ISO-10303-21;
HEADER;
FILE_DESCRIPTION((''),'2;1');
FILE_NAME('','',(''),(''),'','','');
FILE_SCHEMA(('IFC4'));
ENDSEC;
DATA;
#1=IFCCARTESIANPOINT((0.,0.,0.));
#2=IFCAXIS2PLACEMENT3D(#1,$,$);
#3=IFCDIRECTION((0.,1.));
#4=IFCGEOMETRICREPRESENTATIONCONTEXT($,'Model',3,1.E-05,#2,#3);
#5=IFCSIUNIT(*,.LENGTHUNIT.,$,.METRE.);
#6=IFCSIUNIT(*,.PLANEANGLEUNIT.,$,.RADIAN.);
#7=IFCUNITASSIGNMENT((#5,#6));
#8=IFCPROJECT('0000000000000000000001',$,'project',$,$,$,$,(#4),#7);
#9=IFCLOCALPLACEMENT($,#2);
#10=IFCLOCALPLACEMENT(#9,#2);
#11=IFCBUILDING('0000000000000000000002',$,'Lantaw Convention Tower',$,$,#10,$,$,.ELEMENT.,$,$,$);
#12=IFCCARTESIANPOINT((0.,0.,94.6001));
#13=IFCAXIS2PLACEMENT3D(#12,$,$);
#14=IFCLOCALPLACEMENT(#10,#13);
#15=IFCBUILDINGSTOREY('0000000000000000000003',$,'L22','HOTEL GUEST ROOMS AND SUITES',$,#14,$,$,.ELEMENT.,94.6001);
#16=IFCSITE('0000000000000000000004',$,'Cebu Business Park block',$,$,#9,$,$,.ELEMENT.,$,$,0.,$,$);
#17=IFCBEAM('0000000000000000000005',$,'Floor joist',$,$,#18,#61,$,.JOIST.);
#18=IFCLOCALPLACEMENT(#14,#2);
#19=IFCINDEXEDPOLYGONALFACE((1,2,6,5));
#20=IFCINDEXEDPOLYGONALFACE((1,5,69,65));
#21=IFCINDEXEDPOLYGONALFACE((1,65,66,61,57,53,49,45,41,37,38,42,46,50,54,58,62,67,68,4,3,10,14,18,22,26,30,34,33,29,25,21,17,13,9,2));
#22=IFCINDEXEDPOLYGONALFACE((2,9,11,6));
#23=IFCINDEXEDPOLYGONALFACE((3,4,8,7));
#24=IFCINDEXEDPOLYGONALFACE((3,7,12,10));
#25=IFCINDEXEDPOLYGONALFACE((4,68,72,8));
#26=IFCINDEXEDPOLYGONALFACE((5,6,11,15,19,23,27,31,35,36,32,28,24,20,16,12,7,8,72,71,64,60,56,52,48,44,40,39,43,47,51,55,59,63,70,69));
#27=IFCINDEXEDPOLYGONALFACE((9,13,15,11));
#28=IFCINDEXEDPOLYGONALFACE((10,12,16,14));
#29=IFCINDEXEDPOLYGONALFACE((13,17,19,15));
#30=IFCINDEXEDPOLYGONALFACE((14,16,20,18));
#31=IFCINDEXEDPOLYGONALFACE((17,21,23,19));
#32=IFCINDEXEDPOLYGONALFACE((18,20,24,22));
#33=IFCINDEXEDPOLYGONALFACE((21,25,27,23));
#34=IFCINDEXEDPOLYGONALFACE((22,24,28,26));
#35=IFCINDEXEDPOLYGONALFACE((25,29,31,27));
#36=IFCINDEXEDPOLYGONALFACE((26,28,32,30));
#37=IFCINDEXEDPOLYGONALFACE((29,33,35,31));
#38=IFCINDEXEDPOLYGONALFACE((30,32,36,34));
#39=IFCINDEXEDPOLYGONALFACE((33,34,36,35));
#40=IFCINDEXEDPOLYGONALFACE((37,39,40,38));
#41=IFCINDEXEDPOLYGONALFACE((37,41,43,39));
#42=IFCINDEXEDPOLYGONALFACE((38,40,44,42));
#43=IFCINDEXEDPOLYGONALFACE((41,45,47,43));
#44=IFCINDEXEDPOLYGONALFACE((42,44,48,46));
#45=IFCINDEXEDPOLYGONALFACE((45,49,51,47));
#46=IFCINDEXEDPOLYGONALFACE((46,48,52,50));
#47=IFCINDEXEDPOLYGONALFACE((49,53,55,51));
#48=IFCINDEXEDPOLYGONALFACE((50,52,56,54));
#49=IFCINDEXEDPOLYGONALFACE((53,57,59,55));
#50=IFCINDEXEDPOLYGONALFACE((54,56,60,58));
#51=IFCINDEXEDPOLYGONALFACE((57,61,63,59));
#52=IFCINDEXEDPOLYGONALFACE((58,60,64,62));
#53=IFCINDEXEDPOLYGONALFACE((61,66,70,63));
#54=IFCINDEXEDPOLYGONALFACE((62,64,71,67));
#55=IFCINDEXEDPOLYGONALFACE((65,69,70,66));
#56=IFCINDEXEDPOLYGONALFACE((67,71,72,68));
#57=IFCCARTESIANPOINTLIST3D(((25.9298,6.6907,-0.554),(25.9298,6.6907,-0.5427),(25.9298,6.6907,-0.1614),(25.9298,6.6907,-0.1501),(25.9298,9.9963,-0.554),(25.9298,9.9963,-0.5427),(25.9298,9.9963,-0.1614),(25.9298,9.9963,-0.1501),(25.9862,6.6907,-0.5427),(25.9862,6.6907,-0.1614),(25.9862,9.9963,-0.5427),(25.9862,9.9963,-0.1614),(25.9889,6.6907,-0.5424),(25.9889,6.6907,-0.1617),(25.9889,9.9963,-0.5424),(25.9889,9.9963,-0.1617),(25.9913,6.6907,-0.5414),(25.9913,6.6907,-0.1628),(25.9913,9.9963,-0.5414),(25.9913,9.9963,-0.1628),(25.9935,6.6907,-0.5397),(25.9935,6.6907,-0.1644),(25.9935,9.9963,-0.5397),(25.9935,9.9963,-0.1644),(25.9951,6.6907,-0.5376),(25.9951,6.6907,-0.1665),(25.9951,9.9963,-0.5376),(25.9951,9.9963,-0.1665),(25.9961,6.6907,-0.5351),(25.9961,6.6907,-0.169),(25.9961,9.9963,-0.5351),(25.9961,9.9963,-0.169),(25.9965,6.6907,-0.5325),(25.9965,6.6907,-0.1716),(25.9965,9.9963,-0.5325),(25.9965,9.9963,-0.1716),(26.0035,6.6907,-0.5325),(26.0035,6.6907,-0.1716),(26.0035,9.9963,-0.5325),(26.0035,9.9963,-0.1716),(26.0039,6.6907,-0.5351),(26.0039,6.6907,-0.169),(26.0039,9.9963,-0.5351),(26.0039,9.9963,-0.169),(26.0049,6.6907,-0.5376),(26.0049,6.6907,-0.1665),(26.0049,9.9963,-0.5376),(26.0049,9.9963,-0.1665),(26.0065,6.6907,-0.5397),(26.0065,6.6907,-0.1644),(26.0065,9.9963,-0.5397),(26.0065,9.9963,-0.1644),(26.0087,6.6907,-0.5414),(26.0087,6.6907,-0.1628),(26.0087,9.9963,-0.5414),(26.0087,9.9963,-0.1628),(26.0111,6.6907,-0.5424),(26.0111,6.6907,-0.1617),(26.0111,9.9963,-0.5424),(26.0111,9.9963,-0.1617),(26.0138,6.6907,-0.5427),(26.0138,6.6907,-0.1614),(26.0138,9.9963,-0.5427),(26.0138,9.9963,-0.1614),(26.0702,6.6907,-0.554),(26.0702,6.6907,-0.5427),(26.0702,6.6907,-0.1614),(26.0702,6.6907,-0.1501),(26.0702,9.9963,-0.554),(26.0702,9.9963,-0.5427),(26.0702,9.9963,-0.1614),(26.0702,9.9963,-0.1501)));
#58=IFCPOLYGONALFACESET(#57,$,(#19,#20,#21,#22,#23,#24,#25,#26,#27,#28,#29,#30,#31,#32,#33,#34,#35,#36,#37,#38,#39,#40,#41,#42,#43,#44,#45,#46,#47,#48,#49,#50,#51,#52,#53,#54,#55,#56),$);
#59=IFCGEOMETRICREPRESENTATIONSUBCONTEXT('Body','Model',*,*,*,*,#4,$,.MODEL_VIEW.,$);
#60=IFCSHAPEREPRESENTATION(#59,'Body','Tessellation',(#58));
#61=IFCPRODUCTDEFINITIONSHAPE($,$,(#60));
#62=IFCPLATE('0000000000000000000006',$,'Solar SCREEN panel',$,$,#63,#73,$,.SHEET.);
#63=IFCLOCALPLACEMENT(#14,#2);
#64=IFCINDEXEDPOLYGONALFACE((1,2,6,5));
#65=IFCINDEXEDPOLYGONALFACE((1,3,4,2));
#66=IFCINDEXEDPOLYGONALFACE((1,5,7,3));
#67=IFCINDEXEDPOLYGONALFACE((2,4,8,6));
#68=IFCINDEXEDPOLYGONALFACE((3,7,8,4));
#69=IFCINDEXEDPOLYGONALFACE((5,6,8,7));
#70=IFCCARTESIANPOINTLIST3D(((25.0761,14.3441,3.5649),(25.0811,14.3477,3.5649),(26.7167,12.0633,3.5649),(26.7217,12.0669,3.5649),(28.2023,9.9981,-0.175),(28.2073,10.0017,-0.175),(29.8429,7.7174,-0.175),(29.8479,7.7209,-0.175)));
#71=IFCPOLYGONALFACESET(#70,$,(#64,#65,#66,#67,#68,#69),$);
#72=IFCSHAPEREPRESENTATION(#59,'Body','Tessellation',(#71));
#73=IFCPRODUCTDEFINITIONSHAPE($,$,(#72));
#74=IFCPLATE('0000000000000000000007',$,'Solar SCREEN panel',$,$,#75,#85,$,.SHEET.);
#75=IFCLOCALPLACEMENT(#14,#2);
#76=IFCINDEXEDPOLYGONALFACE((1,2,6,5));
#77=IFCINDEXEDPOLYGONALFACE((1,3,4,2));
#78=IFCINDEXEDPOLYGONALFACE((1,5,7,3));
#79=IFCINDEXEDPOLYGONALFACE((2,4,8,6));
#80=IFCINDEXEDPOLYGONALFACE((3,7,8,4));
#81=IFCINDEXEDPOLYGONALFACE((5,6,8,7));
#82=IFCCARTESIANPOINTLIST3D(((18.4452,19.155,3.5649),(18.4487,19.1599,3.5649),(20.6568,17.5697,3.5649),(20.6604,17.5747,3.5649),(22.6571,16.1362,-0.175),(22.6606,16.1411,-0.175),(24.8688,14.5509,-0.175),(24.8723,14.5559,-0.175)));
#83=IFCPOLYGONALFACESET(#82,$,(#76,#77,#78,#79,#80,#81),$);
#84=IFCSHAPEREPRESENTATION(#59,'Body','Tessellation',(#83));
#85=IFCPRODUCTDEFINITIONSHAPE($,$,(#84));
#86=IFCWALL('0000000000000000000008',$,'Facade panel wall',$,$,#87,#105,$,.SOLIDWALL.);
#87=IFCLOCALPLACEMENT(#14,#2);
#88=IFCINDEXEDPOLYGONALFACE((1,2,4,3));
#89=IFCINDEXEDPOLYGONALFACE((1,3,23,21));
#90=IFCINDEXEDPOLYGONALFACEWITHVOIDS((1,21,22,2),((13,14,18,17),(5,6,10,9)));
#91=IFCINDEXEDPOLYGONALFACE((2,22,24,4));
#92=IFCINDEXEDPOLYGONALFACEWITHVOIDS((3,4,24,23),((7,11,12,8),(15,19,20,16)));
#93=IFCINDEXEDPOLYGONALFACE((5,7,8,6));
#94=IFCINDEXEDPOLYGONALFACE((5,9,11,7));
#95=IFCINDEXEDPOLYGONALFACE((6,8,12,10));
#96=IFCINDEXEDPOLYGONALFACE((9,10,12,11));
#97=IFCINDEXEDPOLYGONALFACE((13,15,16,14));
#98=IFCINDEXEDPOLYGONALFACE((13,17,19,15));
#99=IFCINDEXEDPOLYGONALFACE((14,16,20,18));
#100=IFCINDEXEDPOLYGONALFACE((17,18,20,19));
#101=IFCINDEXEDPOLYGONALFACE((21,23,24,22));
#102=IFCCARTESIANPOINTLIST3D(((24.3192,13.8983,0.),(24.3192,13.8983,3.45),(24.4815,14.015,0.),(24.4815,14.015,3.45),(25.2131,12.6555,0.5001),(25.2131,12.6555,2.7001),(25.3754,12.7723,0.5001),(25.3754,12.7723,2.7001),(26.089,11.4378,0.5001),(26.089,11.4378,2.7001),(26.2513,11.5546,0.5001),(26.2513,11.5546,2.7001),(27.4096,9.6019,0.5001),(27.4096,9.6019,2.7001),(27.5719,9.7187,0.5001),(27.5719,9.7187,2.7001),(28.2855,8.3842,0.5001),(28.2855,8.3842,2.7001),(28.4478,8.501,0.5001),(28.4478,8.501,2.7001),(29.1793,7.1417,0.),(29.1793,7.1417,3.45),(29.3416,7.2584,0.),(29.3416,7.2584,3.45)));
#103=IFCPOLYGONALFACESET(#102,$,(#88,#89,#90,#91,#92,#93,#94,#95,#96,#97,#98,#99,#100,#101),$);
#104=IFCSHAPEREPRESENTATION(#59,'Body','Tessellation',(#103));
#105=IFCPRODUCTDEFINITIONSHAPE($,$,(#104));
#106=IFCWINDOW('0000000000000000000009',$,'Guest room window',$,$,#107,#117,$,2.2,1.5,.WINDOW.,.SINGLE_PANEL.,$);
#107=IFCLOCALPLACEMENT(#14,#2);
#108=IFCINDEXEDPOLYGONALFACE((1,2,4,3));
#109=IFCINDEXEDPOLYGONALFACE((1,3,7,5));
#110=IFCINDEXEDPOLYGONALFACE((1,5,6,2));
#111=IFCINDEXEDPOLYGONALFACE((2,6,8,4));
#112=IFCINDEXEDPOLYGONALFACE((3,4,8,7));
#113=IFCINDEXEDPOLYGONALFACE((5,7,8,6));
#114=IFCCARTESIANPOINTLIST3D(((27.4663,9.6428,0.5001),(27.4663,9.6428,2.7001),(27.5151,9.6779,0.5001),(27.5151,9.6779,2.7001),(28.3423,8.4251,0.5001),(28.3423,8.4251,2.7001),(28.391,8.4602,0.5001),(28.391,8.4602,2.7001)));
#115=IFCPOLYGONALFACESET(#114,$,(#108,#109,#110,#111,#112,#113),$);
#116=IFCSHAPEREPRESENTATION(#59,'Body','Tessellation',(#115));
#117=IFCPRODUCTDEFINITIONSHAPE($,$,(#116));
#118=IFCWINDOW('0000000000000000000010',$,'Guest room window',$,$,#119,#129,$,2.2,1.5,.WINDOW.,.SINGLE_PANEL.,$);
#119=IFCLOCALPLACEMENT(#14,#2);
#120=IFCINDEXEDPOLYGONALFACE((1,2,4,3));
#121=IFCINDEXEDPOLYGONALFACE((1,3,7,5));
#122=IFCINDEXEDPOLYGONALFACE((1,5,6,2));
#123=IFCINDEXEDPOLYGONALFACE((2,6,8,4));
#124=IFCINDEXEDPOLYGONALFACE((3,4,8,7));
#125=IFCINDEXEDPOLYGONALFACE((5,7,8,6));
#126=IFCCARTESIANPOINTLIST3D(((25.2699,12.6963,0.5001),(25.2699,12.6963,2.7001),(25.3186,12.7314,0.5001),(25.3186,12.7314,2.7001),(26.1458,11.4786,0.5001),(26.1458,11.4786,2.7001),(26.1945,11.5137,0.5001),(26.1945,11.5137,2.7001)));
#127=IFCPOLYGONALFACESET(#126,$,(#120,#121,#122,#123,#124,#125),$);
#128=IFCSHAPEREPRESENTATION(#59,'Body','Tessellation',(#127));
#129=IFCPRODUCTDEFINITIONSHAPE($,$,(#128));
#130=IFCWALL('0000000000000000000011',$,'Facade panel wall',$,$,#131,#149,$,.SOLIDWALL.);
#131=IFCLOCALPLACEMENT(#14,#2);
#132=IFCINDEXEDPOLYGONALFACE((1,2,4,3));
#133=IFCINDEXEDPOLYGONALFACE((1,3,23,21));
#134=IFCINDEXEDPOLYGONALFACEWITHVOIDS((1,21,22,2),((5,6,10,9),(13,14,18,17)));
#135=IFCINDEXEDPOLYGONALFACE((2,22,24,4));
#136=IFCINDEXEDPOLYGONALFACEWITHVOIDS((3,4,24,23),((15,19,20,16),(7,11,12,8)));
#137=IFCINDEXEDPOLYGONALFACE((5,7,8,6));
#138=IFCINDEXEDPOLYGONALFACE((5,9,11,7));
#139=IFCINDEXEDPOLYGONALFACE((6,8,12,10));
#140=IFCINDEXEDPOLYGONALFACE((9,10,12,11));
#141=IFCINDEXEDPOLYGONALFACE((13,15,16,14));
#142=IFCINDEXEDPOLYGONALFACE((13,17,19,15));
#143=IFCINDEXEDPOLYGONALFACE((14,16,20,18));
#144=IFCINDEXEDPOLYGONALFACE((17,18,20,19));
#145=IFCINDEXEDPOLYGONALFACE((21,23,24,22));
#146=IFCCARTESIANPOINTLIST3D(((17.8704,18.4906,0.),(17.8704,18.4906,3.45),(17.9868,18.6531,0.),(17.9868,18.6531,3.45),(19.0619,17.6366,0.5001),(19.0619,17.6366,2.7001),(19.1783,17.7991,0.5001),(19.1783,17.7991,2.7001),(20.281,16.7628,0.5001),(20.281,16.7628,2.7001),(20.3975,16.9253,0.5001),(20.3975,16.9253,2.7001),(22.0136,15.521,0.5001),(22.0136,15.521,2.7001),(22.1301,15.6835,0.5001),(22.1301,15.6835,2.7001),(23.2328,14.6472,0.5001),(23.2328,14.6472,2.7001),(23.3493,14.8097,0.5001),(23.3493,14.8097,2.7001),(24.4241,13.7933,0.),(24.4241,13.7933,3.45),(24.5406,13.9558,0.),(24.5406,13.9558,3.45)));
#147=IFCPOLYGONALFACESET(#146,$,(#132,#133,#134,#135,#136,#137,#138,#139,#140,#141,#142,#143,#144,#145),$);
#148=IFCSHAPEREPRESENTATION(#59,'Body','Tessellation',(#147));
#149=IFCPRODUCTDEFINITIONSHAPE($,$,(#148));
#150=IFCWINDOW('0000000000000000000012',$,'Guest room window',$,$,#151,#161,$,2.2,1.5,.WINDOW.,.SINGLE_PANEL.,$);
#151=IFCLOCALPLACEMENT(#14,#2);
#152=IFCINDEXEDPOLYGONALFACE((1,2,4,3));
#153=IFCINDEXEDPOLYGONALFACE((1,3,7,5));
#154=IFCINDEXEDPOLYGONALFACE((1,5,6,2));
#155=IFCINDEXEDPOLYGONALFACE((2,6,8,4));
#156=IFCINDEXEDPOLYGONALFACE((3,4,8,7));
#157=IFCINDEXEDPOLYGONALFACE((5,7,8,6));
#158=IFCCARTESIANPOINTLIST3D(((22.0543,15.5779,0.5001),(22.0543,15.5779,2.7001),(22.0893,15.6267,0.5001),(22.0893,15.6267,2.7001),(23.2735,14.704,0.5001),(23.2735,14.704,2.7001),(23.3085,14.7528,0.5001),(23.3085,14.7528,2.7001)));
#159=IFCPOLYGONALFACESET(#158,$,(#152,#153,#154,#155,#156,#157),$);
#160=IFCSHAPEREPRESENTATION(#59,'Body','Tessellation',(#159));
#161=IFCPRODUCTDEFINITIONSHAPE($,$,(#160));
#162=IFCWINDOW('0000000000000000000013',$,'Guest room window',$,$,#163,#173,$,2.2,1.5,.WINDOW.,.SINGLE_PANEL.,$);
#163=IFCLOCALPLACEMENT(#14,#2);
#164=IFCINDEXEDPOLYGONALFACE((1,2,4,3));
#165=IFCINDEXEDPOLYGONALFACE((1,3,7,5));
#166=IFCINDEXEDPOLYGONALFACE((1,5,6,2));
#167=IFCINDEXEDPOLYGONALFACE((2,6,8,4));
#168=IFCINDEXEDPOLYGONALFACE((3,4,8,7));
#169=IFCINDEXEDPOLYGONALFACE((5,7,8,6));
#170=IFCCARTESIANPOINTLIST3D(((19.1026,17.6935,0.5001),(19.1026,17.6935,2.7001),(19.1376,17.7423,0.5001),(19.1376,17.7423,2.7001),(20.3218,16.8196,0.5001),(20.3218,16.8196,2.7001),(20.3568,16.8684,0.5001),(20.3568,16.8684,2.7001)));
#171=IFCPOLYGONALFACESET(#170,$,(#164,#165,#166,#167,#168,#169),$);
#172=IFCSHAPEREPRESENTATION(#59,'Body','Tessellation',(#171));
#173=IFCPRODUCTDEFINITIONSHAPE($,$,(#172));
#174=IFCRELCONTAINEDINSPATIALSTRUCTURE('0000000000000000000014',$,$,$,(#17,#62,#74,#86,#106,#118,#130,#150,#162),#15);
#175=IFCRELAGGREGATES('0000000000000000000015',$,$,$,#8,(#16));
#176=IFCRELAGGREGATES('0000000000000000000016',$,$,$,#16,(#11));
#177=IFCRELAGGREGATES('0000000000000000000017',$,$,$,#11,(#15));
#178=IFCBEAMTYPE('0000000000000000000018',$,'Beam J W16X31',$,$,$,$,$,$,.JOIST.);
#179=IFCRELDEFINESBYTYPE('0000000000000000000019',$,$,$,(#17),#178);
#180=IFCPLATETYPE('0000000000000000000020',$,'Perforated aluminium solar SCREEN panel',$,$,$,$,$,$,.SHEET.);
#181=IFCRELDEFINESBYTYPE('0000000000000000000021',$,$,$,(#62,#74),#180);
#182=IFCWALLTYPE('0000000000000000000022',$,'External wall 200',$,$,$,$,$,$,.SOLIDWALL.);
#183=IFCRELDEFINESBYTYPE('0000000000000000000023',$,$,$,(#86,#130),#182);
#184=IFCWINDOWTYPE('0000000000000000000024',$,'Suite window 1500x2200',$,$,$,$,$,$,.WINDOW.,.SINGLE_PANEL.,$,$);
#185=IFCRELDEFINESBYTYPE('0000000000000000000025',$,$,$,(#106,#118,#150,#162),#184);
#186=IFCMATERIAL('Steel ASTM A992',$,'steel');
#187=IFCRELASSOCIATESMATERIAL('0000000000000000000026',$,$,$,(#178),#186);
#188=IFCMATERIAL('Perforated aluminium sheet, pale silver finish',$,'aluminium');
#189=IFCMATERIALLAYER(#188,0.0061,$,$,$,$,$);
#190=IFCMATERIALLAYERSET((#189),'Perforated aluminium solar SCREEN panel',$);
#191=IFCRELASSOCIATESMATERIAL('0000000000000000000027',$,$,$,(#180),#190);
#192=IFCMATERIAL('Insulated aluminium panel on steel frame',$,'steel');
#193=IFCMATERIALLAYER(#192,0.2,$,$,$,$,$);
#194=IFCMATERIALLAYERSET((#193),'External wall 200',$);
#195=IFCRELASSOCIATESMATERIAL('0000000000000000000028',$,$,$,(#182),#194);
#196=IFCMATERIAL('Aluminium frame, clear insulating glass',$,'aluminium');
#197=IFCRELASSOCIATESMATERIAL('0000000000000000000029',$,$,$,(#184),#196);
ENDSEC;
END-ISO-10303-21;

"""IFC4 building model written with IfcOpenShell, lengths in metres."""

from ifc_helpers import new_model, si_unit, direction, frame, frame_2d, origin, origin_2d, place, context, subcontext, project, spatial, polyline, rectangle, i_section, outline, extrude, material, layer, layer_set, material_profile, profile_set, type_object, element, fill, save


model = new_model("IFC4")

# Units and contexts
model_context = context("Model", 3, precision=1e-05, world=origin(), true_north=direction((0.0, 1.0)))
body_context = subcontext(model_context, "Body", "Model", "MODEL_VIEW")
ifc_project = project(units=[si_unit("LENGTHUNIT", "METRE"), si_unit("PLANEANGLEUNIT", "RADIAN")], contexts=[model_context])

# Site, building, storey
site_placement = place(None, origin())
site = spatial("IfcSite", under=ifc_project, at=site_placement, Name="Cebu Business Park block", CompositionType="ELEMENT", RefElevation=0.0)
building_placement = place(site_placement, origin())
building = spatial("IfcBuilding", under=site, at=building_placement, Name="Lantaw Convention Tower", CompositionType="ELEMENT")
storey_placement = place(building_placement, frame((0.0, 0.0, 94.6001)))
storey = spatial("IfcBuildingStorey", under=building, at=storey_placement, Name="L22", Description="HOTEL GUEST ROOMS AND SUITES", CompositionType="ELEMENT", Elevation=94.6001)

# Beam
ifc_material_1 = material(Name="Steel ASTM A992", Category="steel")
ifc_material_profile_1 = material_profile(ifc_material_1, i_section(OverallWidth=0.1404, OverallDepth=0.4038, WebThickness=0.0071, FlangeThickness=0.0112, FilletRadius=0.0103, at=origin_2d()), Name="W16X31")
ifc_profile_set_1 = profile_set([ifc_material_profile_1], Name="Steel ASTM A992")
beam_type_1 = type_object("IfcBeamType", Name="Beam J W16X31", PredefinedType="JOIST", material=ifc_profile_set_1)
beam_1_placement = place(storey_placement, frame((26.0, 6.6907, -0.3521), z_axis=(0.0, 1.0, 0.0), x_axis=(-1.0, 0.0, 0.0)))
element("IfcBeam", 1, at=beam_1_placement, inside=storey, type_object=beam_type_1, Name="Floor joist", PredefinedType="JOIST", context=body_context, shape_type="SweptSolid", body=[
    extrude(i_section(OverallWidth=0.1404, OverallDepth=0.4038, WebThickness=0.0071, FlangeThickness=0.0112, FilletRadius=0.0103, at=origin_2d()), origin(), (0.0, 0.0, 1.0), 3.3057),
])

# Plates
ifc_material_2 = material(Name="Perforated aluminium sheet, pale silver finish", Category="aluminium")
ifc_layer_1 = layer(ifc_material_2, 0.0061)
ifc_layer_set_1 = layer_set([ifc_layer_1], Name="Perforated aluminium solar SCREEN panel")
plate_type = type_object("IfcPlateType", Name="Perforated aluminium solar SCREEN panel", PredefinedType="SHEET", material=ifc_layer_set_1)
plate_1_placement = place(storey_placement, frame((29.8479, 7.7209, -0.175), z_axis=(0.811791, 0.583948, 0.000009), x_axis=(-0.583948, 0.811791, 0.0)))
element("IfcPlate", 2, at=plate_1_placement, inside=storey, type_object=plate_type, Name="Solar SCREEN panel", PredefinedType="SHEET", context=body_context, shape_type="SweptSolid", body=[
    extrude(outline(polyline([(0.0, 0.0), (2.8095, 0.0), (8.1631, 3.74), (5.3536, 3.74), (0.0, 0.0)])), origin(), (0.0, 0.0, -1.0), 0.0061),
])
plate_2_placement = place(storey_placement, frame((24.8723, 14.5559, -0.175), z_axis=(0.582561, 0.812787, 0.000016), x_axis=(-0.812787, 0.582561, 0.0)))
element("IfcPlate", 3, at=plate_2_placement, inside=storey, type_object=plate_type, Name="Solar SCREEN panel", PredefinedType="SHEET", context=body_context, shape_type="SweptSolid", body=[
    extrude(outline(polyline([(0.0, 0.0), (2.7211, 0.0), (7.9031, 3.74), (5.182, 3.74), (0.0, 0.0)])), origin(), (0.0, 0.0, -1.0), 0.0061),
])

# Walls, openings, windows
ifc_material_3 = material(Name="Insulated aluminium panel on steel frame", Category="steel")
ifc_layer_2 = layer(ifc_material_3, 0.2)
ifc_layer_set_2 = layer_set([ifc_layer_2], Name="External wall 200")
wall_type_1 = type_object("IfcWallType", Name="External wall 200", PredefinedType="SOLIDWALL", material=ifc_layer_set_2)
wall_1_placement = place(storey_placement, frame((29.2605, 7.2, 0.0), z_axis=(0.0, 0.0, 1.0), x_axis=(-0.583938, 0.811799, 0.0)))
wall_1 = element("IfcWall", 4, at=wall_1_placement, inside=storey, type_object=wall_type_1, Name="Facade panel wall", PredefinedType="SOLIDWALL", context=body_context, shape_type="SweptSolid", body=[
    extrude(rectangle(XDim=8.323, YDim=0.2, at=frame_2d((4.1616, 0.0))), origin(), (0.0, 0.0, 1.0), 3.45),
])
opening_1_placement = place(wall_1_placement, frame((1.5308, 0.0, 0.5)))
opening_1 = element("IfcOpeningElement", 5, at=opening_1_placement, cuts=wall_1, PredefinedType="OPENING", context=body_context, shape_type="SweptSolid", body=[
    extrude(rectangle(XDim=1.5, YDim=2.2, at=frame_2d((0.75, 1.1001))), frame((0.0, 0.1099, 0.0), z_axis=(0.0, -1.0, 0.0), x_axis=(1.0, 0.0, 0.0)), (0.0, 0.0, 1.0), 0.22),
])
opening_2_placement = place(wall_1_placement, frame((5.2922, 0.0, 0.5)))
opening_2 = element("IfcOpeningElement", 6, at=opening_2_placement, cuts=wall_1, PredefinedType="OPENING", context=body_context, shape_type="SweptSolid", body=[
    extrude(rectangle(XDim=1.5, YDim=2.2, at=frame_2d((0.75, 1.1001))), frame((0.0, 0.1099, 0.0), z_axis=(0.0, -1.0, 0.0), x_axis=(1.0, 0.0, 0.0)), (0.0, 0.0, 1.0), 0.22),
])
ifc_material_4 = material(Name="Aluminium frame, clear insulating glass", Category="aluminium")
window_type = type_object("IfcWindowType", Name="Suite window 1500x2200", PartitioningType="SINGLE_PANEL", PredefinedType="WINDOW", material=ifc_material_4)
window_1_placement = place(opening_1_placement, origin())
window_1 = element("IfcWindow", 7, at=window_1_placement, inside=storey, type_object=window_type, Name="Guest room window", OverallHeight=2.2, OverallWidth=1.5, PartitioningType="SINGLE_PANEL", PredefinedType="WINDOW", context=body_context, shape_type="SweptSolid", body=[
    extrude(rectangle(XDim=1.5, YDim=2.2, at=frame_2d((0.75, 1.1001))), frame((0.0, 0.03, 0.0), z_axis=(0.0, -1.0, 0.0), x_axis=(1.0, 0.0, 0.0)), (0.0, 0.0, 1.0), 0.0601),
])
fill(opening_1, window_1)
window_2_placement = place(opening_2_placement, origin())
window_2 = element("IfcWindow", 8, at=window_2_placement, inside=storey, type_object=window_type, Name="Guest room window", OverallHeight=2.2, OverallWidth=1.5, PartitioningType="SINGLE_PANEL", PredefinedType="WINDOW", context=body_context, shape_type="SweptSolid", body=[
    extrude(rectangle(XDim=1.5, YDim=2.2, at=frame_2d((0.75, 1.1001))), frame((0.0, 0.03, 0.0), z_axis=(0.0, -1.0, 0.0), x_axis=(1.0, 0.0, 0.0)), (0.0, 0.0, 1.0), 0.0601),
])
fill(opening_2, window_2)
wall_2_placement = place(storey_placement, frame((24.4824, 13.8745, 0.0), z_axis=(0.0, 0.0, 1.0), x_axis=(-0.812791, 0.582555, 0.0)))
wall_2 = element("IfcWall", 9, at=wall_2_placement, inside=storey, type_object=wall_type_1, Name="Facade panel wall", PredefinedType="SOLIDWALL", context=body_context, shape_type="SweptSolid", body=[
    extrude(rectangle(XDim=8.0632, YDim=0.2, at=frame_2d((4.0317, 0.0))), origin(), (0.0, 0.0, 1.0), 3.45),
])
opening_3_placement = place(wall_2_placement, frame((1.4658, 0.0, 0.5)))
opening_3 = element("IfcOpeningElement", 10, at=opening_3_placement, cuts=wall_2, PredefinedType="OPENING", context=body_context, shape_type="SweptSolid", body=[
    extrude(rectangle(XDim=1.5, YDim=2.2, at=frame_2d((0.75, 1.1001))), frame((0.0, 0.1099, 0.0), z_axis=(0.0, -1.0, 0.0), x_axis=(1.0, 0.0, 0.0)), (0.0, 0.0, 1.0), 0.22),
])
opening_4_placement = place(wall_2_placement, frame((5.0974, 0.0, 0.5)))
opening_4 = element("IfcOpeningElement", 11, at=opening_4_placement, cuts=wall_2, PredefinedType="OPENING", context=body_context, shape_type="SweptSolid", body=[
    extrude(rectangle(XDim=1.5, YDim=2.2, at=frame_2d((0.75, 1.1001))), frame((0.0, 0.1099, 0.0), z_axis=(0.0, -1.0, 0.0), x_axis=(1.0, 0.0, 0.0)), (0.0, 0.0, 1.0), 0.22),
])
window_3_placement = place(opening_3_placement, origin())
window_3 = element("IfcWindow", 12, at=window_3_placement, inside=storey, type_object=window_type, Name="Guest room window", OverallHeight=2.2, OverallWidth=1.5, PartitioningType="SINGLE_PANEL", PredefinedType="WINDOW", context=body_context, shape_type="SweptSolid", body=[
    extrude(rectangle(XDim=1.5, YDim=2.2, at=frame_2d((0.75, 1.1001))), frame((0.0, 0.03, 0.0), z_axis=(0.0, -1.0, 0.0), x_axis=(1.0, 0.0, 0.0)), (0.0, 0.0, 1.0), 0.0601),
])
fill(opening_3, window_3)
window_4_placement = place(opening_4_placement, origin())
window_4 = element("IfcWindow", 13, at=window_4_placement, inside=storey, type_object=window_type, Name="Guest room window", OverallHeight=2.2, OverallWidth=1.5, PartitioningType="SINGLE_PANEL", PredefinedType="WINDOW", context=body_context, shape_type="SweptSolid", body=[
    extrude(rectangle(XDim=1.5, YDim=2.2, at=frame_2d((0.75, 1.1001))), frame((0.0, 0.03, 0.0), z_axis=(0.0, -1.0, 0.0), x_axis=(1.0, 0.0, 0.0)), (0.0, 0.0, 1.0), 0.0601),
])
fill(opening_4, window_4)

save(model, "model.ifc")
